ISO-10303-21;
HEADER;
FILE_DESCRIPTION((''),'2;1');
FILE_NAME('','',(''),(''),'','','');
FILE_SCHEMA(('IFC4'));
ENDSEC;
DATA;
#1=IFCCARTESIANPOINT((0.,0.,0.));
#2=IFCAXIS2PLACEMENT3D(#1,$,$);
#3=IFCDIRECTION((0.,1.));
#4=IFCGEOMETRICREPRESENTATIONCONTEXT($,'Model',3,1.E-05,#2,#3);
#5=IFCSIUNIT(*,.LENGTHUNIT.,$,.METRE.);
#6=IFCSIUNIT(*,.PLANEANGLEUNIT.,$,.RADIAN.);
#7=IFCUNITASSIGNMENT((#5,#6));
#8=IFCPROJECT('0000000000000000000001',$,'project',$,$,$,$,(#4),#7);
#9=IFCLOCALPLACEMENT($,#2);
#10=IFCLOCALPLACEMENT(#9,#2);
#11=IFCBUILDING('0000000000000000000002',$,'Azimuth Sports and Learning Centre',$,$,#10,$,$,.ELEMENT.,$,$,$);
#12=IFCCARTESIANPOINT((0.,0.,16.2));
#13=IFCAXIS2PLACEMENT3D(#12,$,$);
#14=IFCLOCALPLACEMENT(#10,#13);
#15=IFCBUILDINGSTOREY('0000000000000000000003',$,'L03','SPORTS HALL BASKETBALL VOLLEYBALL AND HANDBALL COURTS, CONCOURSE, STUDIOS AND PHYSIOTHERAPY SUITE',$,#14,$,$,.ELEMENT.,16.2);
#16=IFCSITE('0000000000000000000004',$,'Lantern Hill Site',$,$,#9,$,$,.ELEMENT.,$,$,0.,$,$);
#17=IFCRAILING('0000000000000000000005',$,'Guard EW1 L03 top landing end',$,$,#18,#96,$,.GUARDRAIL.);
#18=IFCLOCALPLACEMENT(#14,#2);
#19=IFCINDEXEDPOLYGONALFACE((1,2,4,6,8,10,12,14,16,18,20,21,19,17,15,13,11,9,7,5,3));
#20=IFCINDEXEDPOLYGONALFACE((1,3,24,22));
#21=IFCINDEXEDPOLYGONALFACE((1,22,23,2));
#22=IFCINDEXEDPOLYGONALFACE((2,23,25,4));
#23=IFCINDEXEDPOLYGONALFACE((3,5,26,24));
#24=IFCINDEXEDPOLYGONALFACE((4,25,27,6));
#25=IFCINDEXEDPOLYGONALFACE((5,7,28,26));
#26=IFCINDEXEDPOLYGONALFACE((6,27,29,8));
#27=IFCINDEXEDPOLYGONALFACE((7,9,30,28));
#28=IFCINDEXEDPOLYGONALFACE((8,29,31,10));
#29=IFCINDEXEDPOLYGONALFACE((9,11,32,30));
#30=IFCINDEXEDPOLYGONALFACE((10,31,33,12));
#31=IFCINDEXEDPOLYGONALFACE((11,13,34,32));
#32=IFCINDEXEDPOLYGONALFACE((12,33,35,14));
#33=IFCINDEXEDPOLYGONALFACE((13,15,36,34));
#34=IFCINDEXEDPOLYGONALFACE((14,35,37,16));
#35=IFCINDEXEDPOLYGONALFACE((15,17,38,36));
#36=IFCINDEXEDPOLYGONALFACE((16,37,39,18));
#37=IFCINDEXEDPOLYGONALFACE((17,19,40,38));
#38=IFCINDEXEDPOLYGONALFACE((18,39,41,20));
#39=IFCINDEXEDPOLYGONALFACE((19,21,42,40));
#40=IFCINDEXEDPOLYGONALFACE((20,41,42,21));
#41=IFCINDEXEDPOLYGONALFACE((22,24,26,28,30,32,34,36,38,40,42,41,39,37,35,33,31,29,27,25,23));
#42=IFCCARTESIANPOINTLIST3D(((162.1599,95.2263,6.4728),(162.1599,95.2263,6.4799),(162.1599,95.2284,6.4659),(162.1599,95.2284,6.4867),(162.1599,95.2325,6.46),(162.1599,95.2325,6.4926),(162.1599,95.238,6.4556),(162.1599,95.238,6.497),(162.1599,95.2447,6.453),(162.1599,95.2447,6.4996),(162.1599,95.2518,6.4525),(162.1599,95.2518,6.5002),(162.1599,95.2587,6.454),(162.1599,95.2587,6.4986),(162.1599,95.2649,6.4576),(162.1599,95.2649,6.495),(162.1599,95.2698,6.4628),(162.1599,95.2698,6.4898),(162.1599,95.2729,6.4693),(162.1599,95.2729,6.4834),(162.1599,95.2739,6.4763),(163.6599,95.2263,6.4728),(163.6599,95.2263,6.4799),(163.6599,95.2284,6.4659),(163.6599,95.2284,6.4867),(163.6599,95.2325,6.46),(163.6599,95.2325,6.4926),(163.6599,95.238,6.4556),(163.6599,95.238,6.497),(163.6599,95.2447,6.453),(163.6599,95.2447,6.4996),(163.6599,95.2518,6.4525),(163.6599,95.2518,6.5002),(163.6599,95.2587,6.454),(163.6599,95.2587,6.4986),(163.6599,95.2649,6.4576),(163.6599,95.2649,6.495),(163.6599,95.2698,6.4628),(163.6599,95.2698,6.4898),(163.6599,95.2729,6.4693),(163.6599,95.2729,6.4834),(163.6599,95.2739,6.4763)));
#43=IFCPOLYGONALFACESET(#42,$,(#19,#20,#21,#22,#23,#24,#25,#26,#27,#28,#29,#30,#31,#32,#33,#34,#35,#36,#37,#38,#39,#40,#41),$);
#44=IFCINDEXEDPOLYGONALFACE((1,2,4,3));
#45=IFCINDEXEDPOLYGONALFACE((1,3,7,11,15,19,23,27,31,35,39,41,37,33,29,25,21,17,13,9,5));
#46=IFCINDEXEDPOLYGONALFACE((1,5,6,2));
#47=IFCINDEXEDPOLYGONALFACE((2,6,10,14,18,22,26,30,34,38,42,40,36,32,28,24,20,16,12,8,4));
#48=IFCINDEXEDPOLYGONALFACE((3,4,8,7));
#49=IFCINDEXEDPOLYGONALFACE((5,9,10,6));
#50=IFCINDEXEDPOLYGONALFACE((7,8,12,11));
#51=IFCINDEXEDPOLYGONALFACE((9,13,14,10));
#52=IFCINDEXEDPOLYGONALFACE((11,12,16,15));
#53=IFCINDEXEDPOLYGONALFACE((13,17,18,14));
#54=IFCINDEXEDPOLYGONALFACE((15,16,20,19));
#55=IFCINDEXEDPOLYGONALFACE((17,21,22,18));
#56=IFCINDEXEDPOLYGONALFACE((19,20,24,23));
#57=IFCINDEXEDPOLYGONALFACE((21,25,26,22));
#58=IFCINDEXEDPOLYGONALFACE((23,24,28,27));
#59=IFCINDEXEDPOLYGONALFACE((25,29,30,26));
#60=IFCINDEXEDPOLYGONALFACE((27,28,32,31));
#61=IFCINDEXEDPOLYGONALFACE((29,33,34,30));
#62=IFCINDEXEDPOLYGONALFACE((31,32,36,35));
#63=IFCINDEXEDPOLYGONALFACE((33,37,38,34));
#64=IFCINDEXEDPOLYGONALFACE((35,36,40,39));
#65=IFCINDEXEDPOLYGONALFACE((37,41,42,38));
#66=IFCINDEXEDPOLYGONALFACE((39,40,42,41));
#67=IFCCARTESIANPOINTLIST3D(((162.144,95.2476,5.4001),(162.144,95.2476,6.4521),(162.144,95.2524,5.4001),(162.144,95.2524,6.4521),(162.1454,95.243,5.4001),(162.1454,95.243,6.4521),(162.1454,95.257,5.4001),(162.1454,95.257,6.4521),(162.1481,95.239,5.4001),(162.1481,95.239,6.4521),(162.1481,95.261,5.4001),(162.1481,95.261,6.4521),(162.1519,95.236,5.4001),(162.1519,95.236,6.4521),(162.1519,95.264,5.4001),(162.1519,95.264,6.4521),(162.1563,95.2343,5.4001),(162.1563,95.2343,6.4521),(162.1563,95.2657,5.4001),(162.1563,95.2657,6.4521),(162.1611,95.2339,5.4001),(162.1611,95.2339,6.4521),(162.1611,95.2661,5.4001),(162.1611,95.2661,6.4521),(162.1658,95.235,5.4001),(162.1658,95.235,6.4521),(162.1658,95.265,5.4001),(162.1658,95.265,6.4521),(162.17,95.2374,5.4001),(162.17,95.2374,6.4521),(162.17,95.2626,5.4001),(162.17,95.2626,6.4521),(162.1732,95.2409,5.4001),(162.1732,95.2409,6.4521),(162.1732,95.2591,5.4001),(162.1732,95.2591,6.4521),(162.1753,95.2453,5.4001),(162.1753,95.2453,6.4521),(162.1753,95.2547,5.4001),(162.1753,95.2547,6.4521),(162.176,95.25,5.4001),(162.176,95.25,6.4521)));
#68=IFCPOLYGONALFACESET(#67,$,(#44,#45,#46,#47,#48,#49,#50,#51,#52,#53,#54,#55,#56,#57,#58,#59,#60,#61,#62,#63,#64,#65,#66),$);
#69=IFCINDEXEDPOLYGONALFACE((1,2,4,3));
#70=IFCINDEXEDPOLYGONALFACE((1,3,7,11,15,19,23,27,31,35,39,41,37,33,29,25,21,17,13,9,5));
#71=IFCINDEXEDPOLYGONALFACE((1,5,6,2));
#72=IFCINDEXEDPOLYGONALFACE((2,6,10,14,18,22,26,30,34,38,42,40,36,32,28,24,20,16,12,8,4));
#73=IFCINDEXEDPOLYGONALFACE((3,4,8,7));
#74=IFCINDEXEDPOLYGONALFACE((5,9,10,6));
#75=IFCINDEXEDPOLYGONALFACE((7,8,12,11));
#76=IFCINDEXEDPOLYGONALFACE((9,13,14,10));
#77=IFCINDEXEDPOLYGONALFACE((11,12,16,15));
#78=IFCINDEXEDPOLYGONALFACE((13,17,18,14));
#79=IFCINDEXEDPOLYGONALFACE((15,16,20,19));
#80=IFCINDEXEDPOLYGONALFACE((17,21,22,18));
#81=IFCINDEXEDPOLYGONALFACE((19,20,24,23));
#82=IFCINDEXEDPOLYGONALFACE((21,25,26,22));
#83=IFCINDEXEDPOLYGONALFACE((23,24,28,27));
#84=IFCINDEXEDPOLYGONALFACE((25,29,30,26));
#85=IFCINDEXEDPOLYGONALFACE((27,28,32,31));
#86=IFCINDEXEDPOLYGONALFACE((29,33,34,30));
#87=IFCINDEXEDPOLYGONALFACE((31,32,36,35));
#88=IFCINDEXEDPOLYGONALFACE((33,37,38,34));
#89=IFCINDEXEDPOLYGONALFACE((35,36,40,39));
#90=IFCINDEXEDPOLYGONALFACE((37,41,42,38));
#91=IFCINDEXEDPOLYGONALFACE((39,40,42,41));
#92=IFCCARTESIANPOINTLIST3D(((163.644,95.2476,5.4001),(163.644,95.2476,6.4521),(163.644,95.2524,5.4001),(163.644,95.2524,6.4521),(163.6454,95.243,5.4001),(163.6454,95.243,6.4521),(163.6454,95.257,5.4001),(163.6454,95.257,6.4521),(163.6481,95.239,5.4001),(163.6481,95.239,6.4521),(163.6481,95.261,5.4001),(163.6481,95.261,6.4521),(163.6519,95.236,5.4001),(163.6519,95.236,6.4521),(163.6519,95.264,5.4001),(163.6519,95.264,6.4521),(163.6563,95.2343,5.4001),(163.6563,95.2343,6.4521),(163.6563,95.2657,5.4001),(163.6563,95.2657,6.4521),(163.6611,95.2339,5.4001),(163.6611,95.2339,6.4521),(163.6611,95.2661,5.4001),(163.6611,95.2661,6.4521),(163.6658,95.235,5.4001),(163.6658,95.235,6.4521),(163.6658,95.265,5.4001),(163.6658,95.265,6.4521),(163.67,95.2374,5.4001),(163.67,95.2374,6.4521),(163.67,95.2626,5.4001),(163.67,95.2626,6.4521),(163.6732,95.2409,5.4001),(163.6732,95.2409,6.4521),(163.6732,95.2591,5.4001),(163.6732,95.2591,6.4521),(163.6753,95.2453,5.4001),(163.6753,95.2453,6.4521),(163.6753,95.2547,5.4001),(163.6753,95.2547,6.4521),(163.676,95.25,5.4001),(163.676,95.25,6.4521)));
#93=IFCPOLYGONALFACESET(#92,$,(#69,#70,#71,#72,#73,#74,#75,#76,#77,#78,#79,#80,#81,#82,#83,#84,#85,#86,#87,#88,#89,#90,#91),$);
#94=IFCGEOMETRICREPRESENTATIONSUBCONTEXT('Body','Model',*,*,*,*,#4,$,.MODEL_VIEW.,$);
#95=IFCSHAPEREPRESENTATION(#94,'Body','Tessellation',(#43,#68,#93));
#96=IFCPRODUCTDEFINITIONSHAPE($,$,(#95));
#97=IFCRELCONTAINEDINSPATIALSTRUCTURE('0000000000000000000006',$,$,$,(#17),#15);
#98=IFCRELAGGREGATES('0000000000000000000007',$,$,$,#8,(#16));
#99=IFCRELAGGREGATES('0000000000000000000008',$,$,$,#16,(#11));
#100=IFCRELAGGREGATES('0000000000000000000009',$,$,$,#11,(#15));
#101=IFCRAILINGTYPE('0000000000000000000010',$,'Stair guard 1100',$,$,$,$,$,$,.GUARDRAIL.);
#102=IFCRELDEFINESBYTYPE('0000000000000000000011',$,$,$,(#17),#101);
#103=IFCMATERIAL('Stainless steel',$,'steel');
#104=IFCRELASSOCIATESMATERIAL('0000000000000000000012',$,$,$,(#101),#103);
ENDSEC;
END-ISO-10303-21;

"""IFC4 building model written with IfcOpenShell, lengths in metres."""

from ifc_helpers import new_model, si_unit, direction, frame, origin, origin_2d, place, context, subcontext, project, spatial, circle, extrude, material, type_object, element, save


model = new_model("IFC4")

# Units and contexts
model_context = context("Model", 3, precision=1e-05, world=origin(), true_north=direction((0.0, 1.0)))
body_context = subcontext(model_context, "Body", "Model", "MODEL_VIEW")
ifc_project = project(units=[si_unit("LENGTHUNIT", "METRE"), si_unit("PLANEANGLEUNIT", "RADIAN")], contexts=[model_context])

# Site, building, storey
site_placement = place(None, origin())
site = spatial("IfcSite", under=ifc_project, at=site_placement, Name="Lantern Hill Site", CompositionType="ELEMENT", RefElevation=0.0)
building_placement = place(site_placement, origin())
building = spatial("IfcBuilding", under=site, at=building_placement, Name="Azimuth Sports and Learning Centre", CompositionType="ELEMENT")
storey_placement = place(building_placement, frame((0.0, 0.0, 16.2)))
storey = spatial("IfcBuildingStorey", under=building, at=storey_placement, Name="L03", Description="SPORTS HALL BASKETBALL VOLLEYBALL AND HANDBALL COURTS, CONCOURSE, STUDIOS AND PHYSIOTHERAPY SUITE", CompositionType="ELEMENT", Elevation=16.2)

# Railing
ifc_material_1 = material(Name="Stainless steel", Category="steel")
railing_type = type_object("IfcRailingType", Name="Stair guard 1100", PredefinedType="GUARDRAIL", material=ifc_material_1)
railing_1_placement = place(storey_placement, frame((162.1599, 95.25, 5.4001)))
element("IfcRailing", 1, at=railing_1_placement, inside=storey, type_object=railing_type, Name="Guard EW1 L03 top landing end", PredefinedType="GUARDRAIL", context=body_context, shape_type="SweptSolid", body=[
    extrude(circle(Radius=0.0239, at=origin_2d()), frame((0.0, 0.0, 1.0762), z_axis=(1.0, 0.0, 0.0), x_axis=(0.0, 1.0, 0.0)), (0.0, 0.0, 1.0), 1.5),
    extrude(circle(Radius=0.0161, at=origin_2d()), origin(), (0.0, 0.0, 1.0), 1.052),
    extrude(circle(Radius=0.0161, at=origin_2d()), frame((1.5, 0.0, 0.0)), (0.0, 0.0, 1.0), 1.052),
])

save(model, "model.ifc")
